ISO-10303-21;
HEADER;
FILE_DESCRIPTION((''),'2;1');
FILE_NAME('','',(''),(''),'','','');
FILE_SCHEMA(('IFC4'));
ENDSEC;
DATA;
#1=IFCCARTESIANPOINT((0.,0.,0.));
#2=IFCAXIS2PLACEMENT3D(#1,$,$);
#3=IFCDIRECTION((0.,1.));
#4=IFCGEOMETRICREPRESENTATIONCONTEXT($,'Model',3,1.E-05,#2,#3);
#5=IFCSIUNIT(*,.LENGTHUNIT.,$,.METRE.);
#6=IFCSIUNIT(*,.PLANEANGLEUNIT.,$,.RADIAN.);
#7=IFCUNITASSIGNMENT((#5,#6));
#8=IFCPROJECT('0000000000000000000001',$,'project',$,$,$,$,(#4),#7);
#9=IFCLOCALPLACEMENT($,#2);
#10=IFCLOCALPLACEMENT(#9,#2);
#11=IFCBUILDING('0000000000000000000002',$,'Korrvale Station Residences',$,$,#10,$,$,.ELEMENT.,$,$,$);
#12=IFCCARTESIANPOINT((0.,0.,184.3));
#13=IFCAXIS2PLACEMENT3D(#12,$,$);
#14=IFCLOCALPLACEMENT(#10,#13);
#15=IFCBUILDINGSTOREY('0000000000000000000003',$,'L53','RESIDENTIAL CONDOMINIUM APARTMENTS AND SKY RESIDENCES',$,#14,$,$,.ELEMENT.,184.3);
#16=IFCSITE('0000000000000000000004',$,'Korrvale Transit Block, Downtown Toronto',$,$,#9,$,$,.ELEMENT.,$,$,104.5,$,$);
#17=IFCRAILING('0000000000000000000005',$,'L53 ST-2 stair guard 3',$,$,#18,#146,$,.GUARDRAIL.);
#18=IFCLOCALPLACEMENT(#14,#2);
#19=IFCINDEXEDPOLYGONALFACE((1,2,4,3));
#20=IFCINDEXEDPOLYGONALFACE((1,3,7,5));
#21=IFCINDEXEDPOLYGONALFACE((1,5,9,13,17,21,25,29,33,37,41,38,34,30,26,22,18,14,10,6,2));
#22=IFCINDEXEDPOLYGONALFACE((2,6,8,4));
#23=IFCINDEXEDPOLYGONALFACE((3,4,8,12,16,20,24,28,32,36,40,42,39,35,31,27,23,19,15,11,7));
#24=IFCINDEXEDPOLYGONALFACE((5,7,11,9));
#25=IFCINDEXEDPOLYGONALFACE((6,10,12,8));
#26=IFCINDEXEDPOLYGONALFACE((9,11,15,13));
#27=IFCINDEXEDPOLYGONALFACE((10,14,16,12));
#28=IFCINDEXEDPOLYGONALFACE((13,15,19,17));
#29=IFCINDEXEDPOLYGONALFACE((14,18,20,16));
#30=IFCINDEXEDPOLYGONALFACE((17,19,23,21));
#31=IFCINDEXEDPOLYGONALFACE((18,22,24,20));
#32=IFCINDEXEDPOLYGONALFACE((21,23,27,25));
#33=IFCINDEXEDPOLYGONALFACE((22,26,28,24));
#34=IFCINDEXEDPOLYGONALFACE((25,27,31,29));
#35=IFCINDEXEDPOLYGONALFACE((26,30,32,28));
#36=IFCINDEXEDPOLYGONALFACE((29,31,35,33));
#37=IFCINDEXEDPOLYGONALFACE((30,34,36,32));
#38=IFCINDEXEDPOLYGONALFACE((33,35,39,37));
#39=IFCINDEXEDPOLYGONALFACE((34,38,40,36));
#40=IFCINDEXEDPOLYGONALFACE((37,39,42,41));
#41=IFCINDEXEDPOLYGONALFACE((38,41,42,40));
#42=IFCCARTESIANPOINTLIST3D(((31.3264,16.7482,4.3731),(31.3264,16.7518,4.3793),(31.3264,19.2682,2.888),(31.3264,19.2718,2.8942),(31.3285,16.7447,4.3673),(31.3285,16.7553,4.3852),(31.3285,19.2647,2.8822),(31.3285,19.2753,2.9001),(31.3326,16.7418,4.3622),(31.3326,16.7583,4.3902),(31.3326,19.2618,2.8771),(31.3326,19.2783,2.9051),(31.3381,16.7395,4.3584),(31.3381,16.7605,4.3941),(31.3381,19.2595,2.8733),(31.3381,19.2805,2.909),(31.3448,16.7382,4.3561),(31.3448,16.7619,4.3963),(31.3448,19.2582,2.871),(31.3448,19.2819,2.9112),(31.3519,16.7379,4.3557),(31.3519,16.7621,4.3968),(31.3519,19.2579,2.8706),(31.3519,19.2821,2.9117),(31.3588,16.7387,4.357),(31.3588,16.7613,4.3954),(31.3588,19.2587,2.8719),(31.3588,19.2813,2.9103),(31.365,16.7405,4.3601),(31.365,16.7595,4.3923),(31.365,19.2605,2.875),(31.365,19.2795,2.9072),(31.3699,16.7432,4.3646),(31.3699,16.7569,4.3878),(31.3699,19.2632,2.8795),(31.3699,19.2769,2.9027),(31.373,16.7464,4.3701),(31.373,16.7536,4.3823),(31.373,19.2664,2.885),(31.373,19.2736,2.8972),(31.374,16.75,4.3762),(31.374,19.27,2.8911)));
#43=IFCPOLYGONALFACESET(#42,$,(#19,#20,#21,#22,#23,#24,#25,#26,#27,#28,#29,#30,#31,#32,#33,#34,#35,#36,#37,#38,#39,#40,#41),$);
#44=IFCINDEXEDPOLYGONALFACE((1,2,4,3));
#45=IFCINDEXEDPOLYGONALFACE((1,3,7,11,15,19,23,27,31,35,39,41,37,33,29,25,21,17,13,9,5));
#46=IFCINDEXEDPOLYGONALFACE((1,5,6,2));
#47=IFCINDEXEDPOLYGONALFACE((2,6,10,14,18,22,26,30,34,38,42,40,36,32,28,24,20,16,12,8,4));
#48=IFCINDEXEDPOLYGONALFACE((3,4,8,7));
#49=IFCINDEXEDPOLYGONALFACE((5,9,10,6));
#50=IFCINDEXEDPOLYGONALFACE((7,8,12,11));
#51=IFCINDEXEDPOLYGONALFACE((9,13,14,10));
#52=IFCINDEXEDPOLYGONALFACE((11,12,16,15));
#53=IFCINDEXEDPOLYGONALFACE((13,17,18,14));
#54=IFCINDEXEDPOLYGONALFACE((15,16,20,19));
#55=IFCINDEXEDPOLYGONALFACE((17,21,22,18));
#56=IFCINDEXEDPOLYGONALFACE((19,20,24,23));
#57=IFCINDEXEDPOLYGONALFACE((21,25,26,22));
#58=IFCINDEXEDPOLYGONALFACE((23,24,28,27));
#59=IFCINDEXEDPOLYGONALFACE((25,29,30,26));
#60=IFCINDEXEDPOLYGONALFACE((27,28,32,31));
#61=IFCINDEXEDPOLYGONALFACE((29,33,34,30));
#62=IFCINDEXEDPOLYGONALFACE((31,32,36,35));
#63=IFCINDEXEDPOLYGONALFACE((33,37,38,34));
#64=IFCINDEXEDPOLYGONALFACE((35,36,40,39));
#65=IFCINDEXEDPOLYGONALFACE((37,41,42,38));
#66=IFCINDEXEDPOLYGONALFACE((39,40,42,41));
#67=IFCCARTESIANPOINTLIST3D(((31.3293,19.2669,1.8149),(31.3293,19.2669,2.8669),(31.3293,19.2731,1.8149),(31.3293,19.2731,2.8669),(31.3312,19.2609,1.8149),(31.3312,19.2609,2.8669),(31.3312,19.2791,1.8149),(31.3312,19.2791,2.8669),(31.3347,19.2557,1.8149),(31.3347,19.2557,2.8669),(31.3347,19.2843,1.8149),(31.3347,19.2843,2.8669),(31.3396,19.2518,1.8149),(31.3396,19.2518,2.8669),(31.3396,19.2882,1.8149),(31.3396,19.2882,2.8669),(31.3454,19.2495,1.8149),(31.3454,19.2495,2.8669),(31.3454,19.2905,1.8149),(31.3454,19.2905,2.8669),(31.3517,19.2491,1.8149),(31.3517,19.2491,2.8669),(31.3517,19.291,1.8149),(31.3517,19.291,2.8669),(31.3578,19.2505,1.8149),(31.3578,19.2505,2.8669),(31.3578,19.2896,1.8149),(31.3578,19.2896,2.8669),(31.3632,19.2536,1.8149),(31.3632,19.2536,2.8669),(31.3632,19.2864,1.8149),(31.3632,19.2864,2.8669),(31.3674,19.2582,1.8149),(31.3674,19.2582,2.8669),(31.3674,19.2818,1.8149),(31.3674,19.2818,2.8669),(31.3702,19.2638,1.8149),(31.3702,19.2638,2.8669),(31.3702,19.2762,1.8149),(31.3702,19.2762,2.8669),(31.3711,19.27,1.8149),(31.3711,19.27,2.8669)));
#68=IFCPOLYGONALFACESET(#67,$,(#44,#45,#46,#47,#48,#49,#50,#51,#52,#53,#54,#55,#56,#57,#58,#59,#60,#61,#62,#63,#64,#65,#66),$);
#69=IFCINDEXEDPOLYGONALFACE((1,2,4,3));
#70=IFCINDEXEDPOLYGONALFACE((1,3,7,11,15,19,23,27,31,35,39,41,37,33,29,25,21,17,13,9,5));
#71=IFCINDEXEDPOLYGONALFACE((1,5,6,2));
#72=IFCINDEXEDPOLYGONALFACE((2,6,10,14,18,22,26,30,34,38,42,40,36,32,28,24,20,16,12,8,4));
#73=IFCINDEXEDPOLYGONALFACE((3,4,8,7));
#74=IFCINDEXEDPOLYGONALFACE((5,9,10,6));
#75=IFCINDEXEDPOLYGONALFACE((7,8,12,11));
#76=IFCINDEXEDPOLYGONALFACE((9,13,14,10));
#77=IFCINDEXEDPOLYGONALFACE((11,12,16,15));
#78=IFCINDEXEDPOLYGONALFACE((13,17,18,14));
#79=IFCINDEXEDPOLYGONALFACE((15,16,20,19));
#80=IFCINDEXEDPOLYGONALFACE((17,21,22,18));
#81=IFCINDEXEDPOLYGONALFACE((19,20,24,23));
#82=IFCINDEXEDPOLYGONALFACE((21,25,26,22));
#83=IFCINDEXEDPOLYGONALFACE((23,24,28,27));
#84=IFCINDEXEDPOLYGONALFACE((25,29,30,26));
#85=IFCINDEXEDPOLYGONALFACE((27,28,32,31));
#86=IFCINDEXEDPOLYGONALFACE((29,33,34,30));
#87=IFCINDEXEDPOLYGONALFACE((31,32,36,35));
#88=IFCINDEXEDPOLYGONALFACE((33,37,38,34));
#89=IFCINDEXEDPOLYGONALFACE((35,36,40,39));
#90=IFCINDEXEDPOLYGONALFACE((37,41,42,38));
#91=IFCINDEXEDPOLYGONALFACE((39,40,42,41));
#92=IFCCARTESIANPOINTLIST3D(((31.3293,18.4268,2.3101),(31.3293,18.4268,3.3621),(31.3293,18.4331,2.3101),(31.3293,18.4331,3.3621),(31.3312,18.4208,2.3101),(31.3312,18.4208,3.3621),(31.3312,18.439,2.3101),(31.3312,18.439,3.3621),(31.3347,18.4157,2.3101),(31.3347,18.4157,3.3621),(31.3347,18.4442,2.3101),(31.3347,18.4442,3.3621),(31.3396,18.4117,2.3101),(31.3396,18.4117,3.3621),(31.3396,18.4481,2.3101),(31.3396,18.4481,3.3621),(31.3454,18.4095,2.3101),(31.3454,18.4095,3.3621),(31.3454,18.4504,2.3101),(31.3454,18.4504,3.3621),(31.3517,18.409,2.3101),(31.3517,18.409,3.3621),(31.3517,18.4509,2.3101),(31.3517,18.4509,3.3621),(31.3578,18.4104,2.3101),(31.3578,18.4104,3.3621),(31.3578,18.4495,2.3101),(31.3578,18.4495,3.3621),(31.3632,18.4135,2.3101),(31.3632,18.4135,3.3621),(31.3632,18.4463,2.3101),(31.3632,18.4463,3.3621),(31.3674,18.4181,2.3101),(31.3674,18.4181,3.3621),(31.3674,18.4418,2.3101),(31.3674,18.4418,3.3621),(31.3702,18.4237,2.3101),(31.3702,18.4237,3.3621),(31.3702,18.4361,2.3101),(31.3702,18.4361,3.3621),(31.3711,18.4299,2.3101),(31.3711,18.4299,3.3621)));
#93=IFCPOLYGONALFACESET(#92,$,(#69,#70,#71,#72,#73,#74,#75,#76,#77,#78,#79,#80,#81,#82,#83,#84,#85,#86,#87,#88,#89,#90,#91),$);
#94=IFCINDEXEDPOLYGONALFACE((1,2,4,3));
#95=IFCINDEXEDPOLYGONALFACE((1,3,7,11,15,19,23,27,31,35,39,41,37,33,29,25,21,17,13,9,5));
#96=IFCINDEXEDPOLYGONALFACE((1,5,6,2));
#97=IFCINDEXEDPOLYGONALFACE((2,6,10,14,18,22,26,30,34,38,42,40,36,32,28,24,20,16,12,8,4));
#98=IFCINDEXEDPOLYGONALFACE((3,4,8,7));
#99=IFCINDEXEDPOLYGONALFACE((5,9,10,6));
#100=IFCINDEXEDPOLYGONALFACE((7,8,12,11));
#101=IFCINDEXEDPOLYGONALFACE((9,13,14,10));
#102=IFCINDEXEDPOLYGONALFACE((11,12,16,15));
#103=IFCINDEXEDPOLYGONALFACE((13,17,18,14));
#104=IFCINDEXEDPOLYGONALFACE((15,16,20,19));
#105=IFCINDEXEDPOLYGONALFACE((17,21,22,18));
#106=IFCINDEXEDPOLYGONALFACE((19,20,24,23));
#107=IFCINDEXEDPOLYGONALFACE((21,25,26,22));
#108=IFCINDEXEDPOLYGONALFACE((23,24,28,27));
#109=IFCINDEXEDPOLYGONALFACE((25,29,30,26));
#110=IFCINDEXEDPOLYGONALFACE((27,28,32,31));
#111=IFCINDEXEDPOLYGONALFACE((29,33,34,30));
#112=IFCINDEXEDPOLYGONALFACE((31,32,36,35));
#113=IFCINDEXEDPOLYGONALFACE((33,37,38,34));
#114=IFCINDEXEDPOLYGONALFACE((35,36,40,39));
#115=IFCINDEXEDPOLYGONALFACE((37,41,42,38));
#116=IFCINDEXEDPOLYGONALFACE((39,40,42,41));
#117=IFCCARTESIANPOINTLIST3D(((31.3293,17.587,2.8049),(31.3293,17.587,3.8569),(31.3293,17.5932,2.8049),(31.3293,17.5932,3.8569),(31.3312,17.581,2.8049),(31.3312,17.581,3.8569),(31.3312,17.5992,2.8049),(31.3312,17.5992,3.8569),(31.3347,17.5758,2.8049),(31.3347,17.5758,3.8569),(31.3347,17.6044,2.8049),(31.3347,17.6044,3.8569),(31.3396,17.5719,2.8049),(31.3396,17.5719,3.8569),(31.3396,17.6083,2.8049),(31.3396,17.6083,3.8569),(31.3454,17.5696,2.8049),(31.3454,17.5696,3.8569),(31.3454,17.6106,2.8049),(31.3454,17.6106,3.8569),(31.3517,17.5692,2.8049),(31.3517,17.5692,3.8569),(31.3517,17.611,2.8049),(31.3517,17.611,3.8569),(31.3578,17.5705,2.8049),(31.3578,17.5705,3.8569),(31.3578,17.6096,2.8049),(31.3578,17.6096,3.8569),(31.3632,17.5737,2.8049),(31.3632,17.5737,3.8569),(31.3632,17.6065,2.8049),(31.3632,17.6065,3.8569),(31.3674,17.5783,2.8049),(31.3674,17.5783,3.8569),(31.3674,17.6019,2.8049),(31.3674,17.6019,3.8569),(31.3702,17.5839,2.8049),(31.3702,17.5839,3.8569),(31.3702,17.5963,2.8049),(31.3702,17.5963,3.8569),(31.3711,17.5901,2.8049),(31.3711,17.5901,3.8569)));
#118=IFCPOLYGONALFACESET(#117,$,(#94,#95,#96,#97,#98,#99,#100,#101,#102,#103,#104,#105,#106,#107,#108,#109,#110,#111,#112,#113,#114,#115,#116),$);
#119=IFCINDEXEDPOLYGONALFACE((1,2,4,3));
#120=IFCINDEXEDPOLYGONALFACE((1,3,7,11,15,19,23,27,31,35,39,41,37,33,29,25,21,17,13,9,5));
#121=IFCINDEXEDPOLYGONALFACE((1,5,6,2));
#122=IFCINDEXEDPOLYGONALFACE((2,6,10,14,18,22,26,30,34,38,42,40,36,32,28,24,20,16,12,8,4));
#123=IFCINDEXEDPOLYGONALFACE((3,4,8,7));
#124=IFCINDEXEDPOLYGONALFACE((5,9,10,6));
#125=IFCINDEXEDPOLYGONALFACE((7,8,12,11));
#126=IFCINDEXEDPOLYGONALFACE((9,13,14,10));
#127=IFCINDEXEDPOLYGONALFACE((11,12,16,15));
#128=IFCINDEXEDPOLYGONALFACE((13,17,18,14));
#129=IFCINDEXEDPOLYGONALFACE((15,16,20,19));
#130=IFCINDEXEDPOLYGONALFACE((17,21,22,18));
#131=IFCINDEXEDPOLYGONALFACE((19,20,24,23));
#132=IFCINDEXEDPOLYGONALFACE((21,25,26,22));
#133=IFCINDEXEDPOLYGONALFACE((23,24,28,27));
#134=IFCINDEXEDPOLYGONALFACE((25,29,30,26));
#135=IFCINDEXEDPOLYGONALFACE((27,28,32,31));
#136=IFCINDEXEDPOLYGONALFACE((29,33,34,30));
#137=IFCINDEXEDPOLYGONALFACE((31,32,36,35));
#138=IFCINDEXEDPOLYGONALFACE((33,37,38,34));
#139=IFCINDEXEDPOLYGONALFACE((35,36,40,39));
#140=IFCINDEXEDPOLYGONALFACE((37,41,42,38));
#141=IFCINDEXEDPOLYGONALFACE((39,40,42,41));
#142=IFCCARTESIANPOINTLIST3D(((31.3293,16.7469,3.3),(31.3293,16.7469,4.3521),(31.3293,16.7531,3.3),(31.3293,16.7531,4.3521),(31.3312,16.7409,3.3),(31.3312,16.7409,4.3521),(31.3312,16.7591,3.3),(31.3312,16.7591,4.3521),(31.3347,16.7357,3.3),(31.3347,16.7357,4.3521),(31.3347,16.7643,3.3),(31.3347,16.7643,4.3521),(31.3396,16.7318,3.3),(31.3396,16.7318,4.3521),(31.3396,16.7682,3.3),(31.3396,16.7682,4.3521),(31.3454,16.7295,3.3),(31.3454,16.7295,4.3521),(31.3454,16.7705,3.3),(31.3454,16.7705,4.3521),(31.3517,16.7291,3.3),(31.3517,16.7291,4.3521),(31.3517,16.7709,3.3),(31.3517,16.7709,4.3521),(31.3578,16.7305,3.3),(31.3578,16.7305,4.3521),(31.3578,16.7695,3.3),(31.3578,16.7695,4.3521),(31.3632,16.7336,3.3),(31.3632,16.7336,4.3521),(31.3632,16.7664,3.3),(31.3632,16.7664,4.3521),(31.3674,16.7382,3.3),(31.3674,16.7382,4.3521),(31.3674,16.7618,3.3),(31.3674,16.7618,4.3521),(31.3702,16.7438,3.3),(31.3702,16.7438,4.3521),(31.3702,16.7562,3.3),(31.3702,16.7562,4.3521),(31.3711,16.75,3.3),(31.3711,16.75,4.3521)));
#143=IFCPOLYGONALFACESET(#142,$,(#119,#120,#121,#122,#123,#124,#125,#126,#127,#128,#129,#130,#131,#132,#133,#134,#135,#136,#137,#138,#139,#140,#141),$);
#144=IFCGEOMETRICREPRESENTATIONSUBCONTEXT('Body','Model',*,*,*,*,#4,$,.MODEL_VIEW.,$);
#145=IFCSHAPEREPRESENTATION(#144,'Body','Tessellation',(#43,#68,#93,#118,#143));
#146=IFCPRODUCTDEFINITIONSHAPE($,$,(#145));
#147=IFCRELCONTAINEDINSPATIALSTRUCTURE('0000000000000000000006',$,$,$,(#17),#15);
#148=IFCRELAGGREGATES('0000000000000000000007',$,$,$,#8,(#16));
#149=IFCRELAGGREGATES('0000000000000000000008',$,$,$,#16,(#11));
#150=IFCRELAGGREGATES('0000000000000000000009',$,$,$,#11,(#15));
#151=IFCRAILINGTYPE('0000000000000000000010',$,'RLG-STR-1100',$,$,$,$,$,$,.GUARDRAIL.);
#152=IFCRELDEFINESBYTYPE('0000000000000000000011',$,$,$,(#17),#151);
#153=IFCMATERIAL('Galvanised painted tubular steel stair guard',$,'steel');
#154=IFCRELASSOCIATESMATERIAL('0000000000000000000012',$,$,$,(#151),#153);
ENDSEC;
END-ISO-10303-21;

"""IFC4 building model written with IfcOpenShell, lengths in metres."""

from ifc_helpers import new_model, si_unit, direction, frame, origin, origin_2d, place, context, subcontext, project, spatial, circle, extrude, material, type_object, element, save


model = new_model("IFC4")

# Units and contexts
model_context = context("Model", 3, precision=1e-05, world=origin(), true_north=direction((0.0, 1.0)))
body_context = subcontext(model_context, "Body", "Model", "MODEL_VIEW")
ifc_project = project(units=[si_unit("LENGTHUNIT", "METRE"), si_unit("PLANEANGLEUNIT", "RADIAN")], contexts=[model_context])

# Site, building, storey
site_placement = place(None, origin())
site = spatial("IfcSite", under=ifc_project, at=site_placement, Name="Korrvale Transit Block, Downtown Toronto", CompositionType="ELEMENT", RefElevation=104.5)
building_placement = place(site_placement, origin())
building = spatial("IfcBuilding", under=site, at=building_placement, Name="Korrvale Station Residences", CompositionType="ELEMENT")
storey_placement = place(building_placement, frame((0.0, 0.0, 184.3)))
storey = spatial("IfcBuildingStorey", under=building, at=storey_placement, Name="L53", Description="RESIDENTIAL CONDOMINIUM APARTMENTS AND SKY RESIDENCES", CompositionType="ELEMENT", Elevation=184.3)

# Railing
ifc_material_1 = material(Name="Galvanised painted tubular steel stair guard", Category="steel")
railing_type_1 = type_object("IfcRailingType", Name="RLG-STR-1100", PredefinedType="GUARDRAIL", material=ifc_material_1)
railing_1_placement = place(storey_placement, frame((31.3501, 19.27, 1.8149)))
element("IfcRailing", 1, at=railing_1_placement, inside=storey, type_object=railing_type_1, Name="L53 ST-2 stair guard 3", PredefinedType="GUARDRAIL", context=body_context, shape_type="SweptSolid", body=[
    extrude(circle(Radius=0.0239, at=origin_2d()), frame((0.0, 0.0, 1.0762), z_axis=(0.0, -0.861524, 0.507717), x_axis=(1.0, 0.0, 0.0)), (0.0, 0.0, 1.0), 2.925),
    extrude(circle(Radius=0.021, at=origin_2d()), origin(), (0.0, 0.0, 1.0), 1.052),
    extrude(circle(Radius=0.021, at=origin_2d()), frame((0.0, -0.8401, 0.4951)), (0.0, 0.0, 1.0), 1.052),
    extrude(circle(Radius=0.021, at=origin_2d()), frame((0.0, -1.6799, 0.99)), (0.0, 0.0, 1.0), 1.052),
    extrude(circle(Radius=0.021, at=origin_2d()), frame((0.0, -2.52, 1.4851)), (0.0, 0.0, 1.0), 1.052),
])

save(model, "model.ifc")
